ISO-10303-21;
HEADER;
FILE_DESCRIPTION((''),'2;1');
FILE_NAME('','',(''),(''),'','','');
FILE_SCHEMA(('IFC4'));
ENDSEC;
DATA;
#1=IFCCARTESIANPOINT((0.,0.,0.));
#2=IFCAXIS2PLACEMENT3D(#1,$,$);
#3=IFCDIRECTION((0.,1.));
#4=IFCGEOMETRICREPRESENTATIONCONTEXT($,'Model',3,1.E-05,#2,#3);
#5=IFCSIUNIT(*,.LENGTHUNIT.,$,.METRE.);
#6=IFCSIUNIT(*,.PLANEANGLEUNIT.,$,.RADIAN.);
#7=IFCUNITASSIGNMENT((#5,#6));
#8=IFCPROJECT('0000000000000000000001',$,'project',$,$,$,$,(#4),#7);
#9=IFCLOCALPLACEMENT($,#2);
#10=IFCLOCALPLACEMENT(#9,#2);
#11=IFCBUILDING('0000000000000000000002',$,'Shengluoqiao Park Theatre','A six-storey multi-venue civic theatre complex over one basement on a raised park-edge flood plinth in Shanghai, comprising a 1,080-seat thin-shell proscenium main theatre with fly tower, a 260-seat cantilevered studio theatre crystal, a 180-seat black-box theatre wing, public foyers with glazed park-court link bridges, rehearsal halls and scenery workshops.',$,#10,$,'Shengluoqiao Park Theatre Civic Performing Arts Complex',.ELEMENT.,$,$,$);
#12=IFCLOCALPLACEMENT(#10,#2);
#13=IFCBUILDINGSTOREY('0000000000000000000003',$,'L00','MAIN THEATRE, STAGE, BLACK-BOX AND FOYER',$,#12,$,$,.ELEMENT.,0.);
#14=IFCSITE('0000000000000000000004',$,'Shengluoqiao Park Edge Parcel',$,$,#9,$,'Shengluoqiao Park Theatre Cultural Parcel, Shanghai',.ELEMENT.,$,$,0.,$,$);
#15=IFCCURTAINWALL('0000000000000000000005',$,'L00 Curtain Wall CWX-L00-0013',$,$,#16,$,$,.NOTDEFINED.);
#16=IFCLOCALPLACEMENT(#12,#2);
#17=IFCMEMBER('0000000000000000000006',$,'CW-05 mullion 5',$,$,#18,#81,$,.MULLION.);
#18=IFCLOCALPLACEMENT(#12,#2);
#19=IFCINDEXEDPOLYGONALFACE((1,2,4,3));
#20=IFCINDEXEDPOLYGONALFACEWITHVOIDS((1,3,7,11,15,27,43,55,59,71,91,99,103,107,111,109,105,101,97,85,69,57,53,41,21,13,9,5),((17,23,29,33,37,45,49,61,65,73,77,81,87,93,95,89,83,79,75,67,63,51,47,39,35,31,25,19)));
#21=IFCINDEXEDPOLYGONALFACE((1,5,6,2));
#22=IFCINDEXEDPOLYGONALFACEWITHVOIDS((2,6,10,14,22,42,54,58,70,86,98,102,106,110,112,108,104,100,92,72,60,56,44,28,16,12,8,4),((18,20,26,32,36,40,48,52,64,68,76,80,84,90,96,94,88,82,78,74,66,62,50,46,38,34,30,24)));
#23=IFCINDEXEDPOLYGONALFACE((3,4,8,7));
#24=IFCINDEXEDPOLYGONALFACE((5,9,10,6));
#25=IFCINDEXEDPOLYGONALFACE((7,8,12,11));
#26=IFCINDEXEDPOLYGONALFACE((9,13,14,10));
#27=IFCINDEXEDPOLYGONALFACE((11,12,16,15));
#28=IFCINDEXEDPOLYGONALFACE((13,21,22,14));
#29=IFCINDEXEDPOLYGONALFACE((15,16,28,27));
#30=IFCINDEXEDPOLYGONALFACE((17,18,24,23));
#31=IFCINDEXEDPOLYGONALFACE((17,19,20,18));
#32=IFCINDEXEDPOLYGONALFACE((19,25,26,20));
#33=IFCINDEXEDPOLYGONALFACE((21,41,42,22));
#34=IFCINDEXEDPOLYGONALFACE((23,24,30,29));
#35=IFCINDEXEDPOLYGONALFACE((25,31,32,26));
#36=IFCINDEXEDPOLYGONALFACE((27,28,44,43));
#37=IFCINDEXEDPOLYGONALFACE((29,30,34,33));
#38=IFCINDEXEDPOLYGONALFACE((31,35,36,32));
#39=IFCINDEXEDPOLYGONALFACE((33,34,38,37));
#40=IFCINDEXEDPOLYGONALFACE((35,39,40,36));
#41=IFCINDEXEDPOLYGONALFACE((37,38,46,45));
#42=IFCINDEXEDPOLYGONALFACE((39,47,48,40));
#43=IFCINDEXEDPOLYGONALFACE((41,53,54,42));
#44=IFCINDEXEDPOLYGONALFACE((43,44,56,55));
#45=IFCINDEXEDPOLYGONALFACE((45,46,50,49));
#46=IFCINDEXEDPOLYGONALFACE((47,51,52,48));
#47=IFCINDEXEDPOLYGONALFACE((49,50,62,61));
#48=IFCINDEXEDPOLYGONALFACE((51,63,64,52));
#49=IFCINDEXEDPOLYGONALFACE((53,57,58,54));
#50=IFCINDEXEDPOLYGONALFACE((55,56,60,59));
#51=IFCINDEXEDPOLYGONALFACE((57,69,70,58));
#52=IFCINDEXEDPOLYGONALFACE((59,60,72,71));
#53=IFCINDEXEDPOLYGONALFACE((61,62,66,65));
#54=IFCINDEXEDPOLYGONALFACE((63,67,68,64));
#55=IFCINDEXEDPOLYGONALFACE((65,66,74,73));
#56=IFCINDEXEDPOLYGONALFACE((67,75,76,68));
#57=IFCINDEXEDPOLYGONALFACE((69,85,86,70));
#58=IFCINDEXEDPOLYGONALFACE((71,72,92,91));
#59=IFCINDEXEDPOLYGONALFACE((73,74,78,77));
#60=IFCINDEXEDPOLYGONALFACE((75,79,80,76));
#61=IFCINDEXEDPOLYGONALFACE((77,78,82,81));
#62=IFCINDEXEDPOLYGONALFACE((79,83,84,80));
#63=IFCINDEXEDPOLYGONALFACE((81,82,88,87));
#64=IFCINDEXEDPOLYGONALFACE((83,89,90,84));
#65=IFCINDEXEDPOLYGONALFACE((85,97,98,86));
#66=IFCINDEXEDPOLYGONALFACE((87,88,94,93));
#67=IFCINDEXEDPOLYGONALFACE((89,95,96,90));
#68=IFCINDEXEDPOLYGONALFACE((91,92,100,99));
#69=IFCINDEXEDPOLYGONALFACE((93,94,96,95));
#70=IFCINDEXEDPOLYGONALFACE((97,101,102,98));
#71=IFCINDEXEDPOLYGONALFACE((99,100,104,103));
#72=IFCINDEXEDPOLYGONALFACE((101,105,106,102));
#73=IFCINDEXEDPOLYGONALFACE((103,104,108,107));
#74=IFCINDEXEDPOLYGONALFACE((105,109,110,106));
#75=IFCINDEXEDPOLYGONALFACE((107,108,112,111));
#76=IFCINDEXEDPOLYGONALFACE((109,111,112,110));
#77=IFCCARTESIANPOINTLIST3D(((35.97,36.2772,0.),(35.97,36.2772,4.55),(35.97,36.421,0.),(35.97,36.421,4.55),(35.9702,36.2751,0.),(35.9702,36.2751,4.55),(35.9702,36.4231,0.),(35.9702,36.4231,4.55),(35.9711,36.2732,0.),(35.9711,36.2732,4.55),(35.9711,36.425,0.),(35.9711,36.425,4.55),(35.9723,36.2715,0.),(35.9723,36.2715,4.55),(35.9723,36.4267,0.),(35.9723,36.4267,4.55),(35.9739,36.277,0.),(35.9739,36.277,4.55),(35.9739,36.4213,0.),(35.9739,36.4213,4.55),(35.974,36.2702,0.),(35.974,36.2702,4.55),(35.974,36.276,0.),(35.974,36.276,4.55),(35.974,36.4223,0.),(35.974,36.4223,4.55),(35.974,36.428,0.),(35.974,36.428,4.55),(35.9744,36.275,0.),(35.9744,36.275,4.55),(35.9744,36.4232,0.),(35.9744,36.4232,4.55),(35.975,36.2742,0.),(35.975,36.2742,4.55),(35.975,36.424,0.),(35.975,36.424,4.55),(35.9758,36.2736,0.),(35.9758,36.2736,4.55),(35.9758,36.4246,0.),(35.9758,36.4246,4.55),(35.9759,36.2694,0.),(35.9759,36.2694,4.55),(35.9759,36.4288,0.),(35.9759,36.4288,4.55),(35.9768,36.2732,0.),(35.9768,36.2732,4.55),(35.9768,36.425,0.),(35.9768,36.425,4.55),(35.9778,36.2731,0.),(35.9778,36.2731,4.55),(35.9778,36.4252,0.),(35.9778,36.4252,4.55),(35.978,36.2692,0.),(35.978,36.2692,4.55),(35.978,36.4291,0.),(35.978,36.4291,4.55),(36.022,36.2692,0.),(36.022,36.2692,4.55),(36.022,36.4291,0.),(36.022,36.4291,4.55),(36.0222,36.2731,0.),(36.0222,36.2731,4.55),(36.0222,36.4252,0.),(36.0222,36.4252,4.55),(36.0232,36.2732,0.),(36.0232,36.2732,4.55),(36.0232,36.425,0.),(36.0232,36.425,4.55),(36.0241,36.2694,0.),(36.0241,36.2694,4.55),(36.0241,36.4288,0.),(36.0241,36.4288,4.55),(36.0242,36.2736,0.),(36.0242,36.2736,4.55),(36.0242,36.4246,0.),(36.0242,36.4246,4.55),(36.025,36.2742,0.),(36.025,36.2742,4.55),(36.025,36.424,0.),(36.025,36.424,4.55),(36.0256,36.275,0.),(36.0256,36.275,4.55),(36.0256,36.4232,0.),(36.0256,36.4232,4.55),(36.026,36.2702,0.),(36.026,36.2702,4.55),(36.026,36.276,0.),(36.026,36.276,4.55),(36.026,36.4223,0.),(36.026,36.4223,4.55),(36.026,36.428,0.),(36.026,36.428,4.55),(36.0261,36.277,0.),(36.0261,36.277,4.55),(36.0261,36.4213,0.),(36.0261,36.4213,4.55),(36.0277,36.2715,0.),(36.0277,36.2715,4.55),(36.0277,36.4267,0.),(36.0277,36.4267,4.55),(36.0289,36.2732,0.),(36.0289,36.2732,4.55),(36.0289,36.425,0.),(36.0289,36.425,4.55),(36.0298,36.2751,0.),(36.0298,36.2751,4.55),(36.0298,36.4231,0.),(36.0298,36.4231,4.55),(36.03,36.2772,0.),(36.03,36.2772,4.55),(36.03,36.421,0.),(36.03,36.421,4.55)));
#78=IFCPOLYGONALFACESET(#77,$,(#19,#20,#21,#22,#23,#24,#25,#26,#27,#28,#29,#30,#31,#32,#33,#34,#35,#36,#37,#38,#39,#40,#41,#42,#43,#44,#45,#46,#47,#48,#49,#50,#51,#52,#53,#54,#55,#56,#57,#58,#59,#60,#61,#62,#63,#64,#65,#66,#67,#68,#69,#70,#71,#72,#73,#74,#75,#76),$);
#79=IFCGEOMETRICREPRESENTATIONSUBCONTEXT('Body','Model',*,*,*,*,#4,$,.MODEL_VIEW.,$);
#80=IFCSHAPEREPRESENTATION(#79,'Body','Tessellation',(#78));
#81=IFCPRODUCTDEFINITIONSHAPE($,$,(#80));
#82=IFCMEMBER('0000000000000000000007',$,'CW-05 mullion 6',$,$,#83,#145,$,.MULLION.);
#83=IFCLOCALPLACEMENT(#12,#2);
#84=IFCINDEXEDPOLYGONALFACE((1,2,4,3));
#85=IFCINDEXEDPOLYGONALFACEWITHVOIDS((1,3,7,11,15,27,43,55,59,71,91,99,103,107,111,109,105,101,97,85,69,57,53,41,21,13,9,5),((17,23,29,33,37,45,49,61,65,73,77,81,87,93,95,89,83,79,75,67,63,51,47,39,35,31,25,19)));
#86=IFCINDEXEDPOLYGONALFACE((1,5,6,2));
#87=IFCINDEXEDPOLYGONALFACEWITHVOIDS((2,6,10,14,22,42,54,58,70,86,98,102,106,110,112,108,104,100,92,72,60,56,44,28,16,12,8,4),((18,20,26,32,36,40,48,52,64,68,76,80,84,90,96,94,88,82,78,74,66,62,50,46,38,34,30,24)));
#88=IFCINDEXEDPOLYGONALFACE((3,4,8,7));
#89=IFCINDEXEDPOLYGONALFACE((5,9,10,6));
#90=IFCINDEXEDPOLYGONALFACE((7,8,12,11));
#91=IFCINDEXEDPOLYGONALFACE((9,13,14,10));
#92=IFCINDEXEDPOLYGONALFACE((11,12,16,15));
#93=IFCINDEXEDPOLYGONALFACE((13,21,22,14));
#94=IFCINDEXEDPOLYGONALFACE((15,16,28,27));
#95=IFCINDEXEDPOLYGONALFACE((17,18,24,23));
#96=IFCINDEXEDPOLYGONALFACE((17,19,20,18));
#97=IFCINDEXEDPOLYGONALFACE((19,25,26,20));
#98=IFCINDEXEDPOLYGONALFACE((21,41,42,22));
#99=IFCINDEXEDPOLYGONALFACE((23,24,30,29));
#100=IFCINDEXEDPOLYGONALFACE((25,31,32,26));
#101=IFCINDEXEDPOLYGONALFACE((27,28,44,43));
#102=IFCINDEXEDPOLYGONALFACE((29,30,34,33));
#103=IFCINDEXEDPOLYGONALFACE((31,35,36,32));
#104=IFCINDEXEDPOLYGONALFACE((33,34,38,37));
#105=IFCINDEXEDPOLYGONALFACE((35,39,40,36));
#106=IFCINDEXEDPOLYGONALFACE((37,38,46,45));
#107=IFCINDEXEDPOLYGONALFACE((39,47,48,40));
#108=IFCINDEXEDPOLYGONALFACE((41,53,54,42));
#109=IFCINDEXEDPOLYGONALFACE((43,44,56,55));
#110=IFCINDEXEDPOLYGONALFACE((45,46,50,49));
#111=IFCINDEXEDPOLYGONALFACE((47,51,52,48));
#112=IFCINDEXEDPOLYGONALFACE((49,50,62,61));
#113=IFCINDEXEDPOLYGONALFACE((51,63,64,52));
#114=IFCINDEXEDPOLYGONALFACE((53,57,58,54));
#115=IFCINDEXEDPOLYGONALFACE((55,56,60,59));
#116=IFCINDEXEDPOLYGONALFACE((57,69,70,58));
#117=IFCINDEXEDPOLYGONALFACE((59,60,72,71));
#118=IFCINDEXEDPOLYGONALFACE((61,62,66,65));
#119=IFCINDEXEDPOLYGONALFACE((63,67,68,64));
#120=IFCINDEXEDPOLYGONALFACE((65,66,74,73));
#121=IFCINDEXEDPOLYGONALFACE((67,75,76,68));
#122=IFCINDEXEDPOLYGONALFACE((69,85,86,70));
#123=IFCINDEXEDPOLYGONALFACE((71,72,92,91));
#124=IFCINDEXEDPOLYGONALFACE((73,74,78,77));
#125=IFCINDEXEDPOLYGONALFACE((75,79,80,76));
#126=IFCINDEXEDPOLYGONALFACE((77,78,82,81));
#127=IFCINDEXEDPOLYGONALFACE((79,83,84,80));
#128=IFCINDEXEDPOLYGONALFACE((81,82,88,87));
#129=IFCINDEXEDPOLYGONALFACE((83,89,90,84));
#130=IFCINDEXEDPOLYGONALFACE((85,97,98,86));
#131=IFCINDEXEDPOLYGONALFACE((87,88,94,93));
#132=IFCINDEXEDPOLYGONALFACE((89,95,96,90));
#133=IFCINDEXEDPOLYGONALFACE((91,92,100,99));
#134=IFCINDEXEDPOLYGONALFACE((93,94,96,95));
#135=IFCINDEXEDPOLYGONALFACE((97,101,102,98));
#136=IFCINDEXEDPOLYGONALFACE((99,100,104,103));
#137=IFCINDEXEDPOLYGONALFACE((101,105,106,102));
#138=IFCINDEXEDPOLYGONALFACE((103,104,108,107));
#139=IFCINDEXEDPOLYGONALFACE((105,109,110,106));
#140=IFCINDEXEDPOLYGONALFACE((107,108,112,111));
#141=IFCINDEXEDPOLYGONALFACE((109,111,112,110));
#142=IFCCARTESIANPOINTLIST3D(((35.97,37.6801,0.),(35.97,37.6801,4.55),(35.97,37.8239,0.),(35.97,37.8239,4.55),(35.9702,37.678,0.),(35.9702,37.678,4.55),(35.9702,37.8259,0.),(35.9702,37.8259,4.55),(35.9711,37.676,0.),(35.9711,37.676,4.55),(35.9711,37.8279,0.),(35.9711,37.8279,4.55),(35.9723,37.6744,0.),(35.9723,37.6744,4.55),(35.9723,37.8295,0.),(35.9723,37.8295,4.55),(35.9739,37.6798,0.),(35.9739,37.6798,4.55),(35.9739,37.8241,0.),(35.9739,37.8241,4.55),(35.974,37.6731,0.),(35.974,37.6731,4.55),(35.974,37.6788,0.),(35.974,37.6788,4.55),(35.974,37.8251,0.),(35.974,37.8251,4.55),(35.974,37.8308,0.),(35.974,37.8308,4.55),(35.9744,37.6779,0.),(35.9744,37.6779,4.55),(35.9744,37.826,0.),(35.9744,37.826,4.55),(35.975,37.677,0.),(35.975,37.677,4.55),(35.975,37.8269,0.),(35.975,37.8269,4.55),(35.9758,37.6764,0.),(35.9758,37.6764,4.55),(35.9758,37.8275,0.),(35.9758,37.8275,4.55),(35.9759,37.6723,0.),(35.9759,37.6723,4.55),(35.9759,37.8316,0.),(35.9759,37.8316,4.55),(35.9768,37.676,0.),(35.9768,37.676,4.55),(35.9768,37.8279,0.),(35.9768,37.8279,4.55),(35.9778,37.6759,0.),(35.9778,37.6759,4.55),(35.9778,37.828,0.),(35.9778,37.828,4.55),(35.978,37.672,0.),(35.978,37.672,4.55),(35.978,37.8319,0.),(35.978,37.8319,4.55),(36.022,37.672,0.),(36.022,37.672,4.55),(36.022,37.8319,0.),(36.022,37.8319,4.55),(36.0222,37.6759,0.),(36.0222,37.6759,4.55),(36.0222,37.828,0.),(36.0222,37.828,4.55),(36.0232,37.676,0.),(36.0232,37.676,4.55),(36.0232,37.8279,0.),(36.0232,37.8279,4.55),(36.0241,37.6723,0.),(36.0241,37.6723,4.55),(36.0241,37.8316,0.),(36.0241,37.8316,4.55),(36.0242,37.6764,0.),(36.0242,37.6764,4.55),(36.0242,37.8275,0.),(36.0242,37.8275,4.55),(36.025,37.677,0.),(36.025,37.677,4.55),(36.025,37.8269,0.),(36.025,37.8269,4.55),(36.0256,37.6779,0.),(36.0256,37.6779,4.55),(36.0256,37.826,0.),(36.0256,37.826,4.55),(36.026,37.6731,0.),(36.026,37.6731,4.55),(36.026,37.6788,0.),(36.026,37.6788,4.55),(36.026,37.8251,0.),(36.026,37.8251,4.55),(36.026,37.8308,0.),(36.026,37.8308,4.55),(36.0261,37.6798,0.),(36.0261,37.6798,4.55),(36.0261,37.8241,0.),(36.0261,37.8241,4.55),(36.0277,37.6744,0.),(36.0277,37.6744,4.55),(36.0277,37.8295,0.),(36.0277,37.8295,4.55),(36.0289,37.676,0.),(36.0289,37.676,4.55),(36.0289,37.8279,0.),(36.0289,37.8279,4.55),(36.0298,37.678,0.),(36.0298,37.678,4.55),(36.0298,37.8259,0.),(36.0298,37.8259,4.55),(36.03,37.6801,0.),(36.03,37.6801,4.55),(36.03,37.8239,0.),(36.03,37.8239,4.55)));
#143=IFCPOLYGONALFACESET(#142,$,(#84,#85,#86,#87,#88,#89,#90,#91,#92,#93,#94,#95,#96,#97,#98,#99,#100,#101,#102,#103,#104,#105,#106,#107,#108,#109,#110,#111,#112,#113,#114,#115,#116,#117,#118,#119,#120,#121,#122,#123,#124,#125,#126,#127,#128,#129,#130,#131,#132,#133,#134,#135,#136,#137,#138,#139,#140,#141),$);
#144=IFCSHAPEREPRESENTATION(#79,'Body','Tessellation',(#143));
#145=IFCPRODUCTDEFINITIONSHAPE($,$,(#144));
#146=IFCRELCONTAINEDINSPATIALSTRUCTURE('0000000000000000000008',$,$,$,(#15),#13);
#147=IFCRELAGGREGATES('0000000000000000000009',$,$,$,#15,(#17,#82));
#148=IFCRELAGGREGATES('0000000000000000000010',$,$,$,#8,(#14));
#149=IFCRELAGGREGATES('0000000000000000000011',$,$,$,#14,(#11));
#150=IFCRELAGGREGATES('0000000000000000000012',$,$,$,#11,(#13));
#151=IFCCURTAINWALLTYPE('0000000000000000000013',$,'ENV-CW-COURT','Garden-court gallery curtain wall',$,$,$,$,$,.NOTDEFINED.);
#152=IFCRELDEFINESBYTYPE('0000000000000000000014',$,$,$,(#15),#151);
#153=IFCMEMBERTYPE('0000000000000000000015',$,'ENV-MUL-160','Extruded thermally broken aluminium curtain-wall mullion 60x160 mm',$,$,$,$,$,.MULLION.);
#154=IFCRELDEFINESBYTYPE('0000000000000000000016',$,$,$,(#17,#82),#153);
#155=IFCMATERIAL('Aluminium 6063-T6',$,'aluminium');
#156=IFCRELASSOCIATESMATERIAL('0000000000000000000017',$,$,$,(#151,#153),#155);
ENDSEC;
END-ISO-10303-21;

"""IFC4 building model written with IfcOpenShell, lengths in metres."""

from ifc_helpers import new_model, si_unit, direction, frame, origin, origin_2d, place, context, subcontext, project, spatial, hollow_rectangle, extrude, material, material_profile, profile_set, type_object, element, aggregate, save


model = new_model("IFC4")

# Units and contexts
model_context = context("Model", 3, precision=1e-05, world=origin(), true_north=direction((0.0, 1.0)))
body_context = subcontext(model_context, "Body", "Model", "MODEL_VIEW")
ifc_project = project(units=[si_unit("LENGTHUNIT", "METRE"), si_unit("PLANEANGLEUNIT", "RADIAN")], contexts=[model_context])

# Site, building, storey
site_placement = place(None, origin())
site = spatial("IfcSite", under=ifc_project, at=site_placement, Name="Shengluoqiao Park Edge Parcel", LongName="Shengluoqiao Park Theatre Cultural Parcel, Shanghai", CompositionType="ELEMENT", RefElevation=0.0)
building_placement = place(site_placement, origin())
building = spatial("IfcBuilding", under=site, at=building_placement, Name="Shengluoqiao Park Theatre", Description="A six-storey multi-venue civic theatre complex over one basement on a raised park-edge flood plinth in Shanghai, comprising a 1,080-seat thin-shell proscenium main theatre with fly tower, a 260-seat cantilevered studio theatre crystal, a 180-seat black-box theatre wing, public foyers with glazed park-court link bridges, rehearsal halls and scenery workshops.", LongName="Shengluoqiao Park Theatre Civic Performing Arts Complex", CompositionType="ELEMENT")
storey_placement = place(building_placement, origin())
storey = spatial("IfcBuildingStorey", under=building, at=storey_placement, Name="L00", Description="MAIN THEATRE, STAGE, BLACK-BOX AND FOYER", CompositionType="ELEMENT", Elevation=0.0)

# Curtain wall, members
ifc_material_1 = material(Name="Aluminium 6063-T6", Category="aluminium")
curtain_wall_type = type_object("IfcCurtainWallType", Name="ENV-CW-COURT", Description="Garden-court gallery curtain wall", PredefinedType="NOTDEFINED", material=ifc_material_1)
curtain_wall_placement = place(storey_placement, origin())
curtain_wall = element("IfcCurtainWall", 1, at=curtain_wall_placement, inside=storey, type_object=curtain_wall_type, Name="L00 Curtain Wall CWX-L00-0013", PredefinedType="NOTDEFINED")
ifc_material_profile_1 = material_profile(ifc_material_1, hollow_rectangle(XDim=0.0601, YDim=0.1599, WallThickness=0.0039, InnerFilletRadius=0.0039, OuterFilletRadius=0.0081, at=origin_2d()), Name="ALU MULLION 160x60x4")
ifc_profile_set_1 = profile_set([ifc_material_profile_1], Name="Aluminium 6063-T6")
member_type_1 = type_object("IfcMemberType", Name="ENV-MUL-160", Description="Extruded thermally broken aluminium curtain-wall mullion 60x160 mm", PredefinedType="MULLION", material=ifc_profile_set_1)
member_1_placement = place(storey_placement, frame((36.0, 36.3491, 0.0), z_axis=(0.0, 0.0, 1.0), x_axis=(-1.0, 0.0, 0.0)))
member_1 = element("IfcMember", 2, at=member_1_placement, type_object=member_type_1, Name="CW-05 mullion 5", PredefinedType="MULLION", context=body_context, shape_type="SweptSolid", body=[
    extrude(hollow_rectangle(XDim=0.0601, YDim=0.1599, WallThickness=0.0039, InnerFilletRadius=0.0039, OuterFilletRadius=0.0081, at=origin_2d()), origin(), (0.0, 0.0, 1.0), 4.55),
])
member_2_placement = place(storey_placement, frame((36.0, 37.752, 0.0), z_axis=(0.0, 0.0, 1.0), x_axis=(-1.0, 0.0, 0.0)))
member_2 = element("IfcMember", 3, at=member_2_placement, type_object=member_type_1, Name="CW-05 mullion 6", PredefinedType="MULLION", context=body_context, shape_type="SweptSolid", body=[
    extrude(hollow_rectangle(XDim=0.0601, YDim=0.1599, WallThickness=0.0039, InnerFilletRadius=0.0039, OuterFilletRadius=0.0081, at=origin_2d()), origin(), (0.0, 0.0, 1.0), 4.55),
])
aggregate(curtain_wall, [member_1, member_2])

save(model, "model.ifc")
